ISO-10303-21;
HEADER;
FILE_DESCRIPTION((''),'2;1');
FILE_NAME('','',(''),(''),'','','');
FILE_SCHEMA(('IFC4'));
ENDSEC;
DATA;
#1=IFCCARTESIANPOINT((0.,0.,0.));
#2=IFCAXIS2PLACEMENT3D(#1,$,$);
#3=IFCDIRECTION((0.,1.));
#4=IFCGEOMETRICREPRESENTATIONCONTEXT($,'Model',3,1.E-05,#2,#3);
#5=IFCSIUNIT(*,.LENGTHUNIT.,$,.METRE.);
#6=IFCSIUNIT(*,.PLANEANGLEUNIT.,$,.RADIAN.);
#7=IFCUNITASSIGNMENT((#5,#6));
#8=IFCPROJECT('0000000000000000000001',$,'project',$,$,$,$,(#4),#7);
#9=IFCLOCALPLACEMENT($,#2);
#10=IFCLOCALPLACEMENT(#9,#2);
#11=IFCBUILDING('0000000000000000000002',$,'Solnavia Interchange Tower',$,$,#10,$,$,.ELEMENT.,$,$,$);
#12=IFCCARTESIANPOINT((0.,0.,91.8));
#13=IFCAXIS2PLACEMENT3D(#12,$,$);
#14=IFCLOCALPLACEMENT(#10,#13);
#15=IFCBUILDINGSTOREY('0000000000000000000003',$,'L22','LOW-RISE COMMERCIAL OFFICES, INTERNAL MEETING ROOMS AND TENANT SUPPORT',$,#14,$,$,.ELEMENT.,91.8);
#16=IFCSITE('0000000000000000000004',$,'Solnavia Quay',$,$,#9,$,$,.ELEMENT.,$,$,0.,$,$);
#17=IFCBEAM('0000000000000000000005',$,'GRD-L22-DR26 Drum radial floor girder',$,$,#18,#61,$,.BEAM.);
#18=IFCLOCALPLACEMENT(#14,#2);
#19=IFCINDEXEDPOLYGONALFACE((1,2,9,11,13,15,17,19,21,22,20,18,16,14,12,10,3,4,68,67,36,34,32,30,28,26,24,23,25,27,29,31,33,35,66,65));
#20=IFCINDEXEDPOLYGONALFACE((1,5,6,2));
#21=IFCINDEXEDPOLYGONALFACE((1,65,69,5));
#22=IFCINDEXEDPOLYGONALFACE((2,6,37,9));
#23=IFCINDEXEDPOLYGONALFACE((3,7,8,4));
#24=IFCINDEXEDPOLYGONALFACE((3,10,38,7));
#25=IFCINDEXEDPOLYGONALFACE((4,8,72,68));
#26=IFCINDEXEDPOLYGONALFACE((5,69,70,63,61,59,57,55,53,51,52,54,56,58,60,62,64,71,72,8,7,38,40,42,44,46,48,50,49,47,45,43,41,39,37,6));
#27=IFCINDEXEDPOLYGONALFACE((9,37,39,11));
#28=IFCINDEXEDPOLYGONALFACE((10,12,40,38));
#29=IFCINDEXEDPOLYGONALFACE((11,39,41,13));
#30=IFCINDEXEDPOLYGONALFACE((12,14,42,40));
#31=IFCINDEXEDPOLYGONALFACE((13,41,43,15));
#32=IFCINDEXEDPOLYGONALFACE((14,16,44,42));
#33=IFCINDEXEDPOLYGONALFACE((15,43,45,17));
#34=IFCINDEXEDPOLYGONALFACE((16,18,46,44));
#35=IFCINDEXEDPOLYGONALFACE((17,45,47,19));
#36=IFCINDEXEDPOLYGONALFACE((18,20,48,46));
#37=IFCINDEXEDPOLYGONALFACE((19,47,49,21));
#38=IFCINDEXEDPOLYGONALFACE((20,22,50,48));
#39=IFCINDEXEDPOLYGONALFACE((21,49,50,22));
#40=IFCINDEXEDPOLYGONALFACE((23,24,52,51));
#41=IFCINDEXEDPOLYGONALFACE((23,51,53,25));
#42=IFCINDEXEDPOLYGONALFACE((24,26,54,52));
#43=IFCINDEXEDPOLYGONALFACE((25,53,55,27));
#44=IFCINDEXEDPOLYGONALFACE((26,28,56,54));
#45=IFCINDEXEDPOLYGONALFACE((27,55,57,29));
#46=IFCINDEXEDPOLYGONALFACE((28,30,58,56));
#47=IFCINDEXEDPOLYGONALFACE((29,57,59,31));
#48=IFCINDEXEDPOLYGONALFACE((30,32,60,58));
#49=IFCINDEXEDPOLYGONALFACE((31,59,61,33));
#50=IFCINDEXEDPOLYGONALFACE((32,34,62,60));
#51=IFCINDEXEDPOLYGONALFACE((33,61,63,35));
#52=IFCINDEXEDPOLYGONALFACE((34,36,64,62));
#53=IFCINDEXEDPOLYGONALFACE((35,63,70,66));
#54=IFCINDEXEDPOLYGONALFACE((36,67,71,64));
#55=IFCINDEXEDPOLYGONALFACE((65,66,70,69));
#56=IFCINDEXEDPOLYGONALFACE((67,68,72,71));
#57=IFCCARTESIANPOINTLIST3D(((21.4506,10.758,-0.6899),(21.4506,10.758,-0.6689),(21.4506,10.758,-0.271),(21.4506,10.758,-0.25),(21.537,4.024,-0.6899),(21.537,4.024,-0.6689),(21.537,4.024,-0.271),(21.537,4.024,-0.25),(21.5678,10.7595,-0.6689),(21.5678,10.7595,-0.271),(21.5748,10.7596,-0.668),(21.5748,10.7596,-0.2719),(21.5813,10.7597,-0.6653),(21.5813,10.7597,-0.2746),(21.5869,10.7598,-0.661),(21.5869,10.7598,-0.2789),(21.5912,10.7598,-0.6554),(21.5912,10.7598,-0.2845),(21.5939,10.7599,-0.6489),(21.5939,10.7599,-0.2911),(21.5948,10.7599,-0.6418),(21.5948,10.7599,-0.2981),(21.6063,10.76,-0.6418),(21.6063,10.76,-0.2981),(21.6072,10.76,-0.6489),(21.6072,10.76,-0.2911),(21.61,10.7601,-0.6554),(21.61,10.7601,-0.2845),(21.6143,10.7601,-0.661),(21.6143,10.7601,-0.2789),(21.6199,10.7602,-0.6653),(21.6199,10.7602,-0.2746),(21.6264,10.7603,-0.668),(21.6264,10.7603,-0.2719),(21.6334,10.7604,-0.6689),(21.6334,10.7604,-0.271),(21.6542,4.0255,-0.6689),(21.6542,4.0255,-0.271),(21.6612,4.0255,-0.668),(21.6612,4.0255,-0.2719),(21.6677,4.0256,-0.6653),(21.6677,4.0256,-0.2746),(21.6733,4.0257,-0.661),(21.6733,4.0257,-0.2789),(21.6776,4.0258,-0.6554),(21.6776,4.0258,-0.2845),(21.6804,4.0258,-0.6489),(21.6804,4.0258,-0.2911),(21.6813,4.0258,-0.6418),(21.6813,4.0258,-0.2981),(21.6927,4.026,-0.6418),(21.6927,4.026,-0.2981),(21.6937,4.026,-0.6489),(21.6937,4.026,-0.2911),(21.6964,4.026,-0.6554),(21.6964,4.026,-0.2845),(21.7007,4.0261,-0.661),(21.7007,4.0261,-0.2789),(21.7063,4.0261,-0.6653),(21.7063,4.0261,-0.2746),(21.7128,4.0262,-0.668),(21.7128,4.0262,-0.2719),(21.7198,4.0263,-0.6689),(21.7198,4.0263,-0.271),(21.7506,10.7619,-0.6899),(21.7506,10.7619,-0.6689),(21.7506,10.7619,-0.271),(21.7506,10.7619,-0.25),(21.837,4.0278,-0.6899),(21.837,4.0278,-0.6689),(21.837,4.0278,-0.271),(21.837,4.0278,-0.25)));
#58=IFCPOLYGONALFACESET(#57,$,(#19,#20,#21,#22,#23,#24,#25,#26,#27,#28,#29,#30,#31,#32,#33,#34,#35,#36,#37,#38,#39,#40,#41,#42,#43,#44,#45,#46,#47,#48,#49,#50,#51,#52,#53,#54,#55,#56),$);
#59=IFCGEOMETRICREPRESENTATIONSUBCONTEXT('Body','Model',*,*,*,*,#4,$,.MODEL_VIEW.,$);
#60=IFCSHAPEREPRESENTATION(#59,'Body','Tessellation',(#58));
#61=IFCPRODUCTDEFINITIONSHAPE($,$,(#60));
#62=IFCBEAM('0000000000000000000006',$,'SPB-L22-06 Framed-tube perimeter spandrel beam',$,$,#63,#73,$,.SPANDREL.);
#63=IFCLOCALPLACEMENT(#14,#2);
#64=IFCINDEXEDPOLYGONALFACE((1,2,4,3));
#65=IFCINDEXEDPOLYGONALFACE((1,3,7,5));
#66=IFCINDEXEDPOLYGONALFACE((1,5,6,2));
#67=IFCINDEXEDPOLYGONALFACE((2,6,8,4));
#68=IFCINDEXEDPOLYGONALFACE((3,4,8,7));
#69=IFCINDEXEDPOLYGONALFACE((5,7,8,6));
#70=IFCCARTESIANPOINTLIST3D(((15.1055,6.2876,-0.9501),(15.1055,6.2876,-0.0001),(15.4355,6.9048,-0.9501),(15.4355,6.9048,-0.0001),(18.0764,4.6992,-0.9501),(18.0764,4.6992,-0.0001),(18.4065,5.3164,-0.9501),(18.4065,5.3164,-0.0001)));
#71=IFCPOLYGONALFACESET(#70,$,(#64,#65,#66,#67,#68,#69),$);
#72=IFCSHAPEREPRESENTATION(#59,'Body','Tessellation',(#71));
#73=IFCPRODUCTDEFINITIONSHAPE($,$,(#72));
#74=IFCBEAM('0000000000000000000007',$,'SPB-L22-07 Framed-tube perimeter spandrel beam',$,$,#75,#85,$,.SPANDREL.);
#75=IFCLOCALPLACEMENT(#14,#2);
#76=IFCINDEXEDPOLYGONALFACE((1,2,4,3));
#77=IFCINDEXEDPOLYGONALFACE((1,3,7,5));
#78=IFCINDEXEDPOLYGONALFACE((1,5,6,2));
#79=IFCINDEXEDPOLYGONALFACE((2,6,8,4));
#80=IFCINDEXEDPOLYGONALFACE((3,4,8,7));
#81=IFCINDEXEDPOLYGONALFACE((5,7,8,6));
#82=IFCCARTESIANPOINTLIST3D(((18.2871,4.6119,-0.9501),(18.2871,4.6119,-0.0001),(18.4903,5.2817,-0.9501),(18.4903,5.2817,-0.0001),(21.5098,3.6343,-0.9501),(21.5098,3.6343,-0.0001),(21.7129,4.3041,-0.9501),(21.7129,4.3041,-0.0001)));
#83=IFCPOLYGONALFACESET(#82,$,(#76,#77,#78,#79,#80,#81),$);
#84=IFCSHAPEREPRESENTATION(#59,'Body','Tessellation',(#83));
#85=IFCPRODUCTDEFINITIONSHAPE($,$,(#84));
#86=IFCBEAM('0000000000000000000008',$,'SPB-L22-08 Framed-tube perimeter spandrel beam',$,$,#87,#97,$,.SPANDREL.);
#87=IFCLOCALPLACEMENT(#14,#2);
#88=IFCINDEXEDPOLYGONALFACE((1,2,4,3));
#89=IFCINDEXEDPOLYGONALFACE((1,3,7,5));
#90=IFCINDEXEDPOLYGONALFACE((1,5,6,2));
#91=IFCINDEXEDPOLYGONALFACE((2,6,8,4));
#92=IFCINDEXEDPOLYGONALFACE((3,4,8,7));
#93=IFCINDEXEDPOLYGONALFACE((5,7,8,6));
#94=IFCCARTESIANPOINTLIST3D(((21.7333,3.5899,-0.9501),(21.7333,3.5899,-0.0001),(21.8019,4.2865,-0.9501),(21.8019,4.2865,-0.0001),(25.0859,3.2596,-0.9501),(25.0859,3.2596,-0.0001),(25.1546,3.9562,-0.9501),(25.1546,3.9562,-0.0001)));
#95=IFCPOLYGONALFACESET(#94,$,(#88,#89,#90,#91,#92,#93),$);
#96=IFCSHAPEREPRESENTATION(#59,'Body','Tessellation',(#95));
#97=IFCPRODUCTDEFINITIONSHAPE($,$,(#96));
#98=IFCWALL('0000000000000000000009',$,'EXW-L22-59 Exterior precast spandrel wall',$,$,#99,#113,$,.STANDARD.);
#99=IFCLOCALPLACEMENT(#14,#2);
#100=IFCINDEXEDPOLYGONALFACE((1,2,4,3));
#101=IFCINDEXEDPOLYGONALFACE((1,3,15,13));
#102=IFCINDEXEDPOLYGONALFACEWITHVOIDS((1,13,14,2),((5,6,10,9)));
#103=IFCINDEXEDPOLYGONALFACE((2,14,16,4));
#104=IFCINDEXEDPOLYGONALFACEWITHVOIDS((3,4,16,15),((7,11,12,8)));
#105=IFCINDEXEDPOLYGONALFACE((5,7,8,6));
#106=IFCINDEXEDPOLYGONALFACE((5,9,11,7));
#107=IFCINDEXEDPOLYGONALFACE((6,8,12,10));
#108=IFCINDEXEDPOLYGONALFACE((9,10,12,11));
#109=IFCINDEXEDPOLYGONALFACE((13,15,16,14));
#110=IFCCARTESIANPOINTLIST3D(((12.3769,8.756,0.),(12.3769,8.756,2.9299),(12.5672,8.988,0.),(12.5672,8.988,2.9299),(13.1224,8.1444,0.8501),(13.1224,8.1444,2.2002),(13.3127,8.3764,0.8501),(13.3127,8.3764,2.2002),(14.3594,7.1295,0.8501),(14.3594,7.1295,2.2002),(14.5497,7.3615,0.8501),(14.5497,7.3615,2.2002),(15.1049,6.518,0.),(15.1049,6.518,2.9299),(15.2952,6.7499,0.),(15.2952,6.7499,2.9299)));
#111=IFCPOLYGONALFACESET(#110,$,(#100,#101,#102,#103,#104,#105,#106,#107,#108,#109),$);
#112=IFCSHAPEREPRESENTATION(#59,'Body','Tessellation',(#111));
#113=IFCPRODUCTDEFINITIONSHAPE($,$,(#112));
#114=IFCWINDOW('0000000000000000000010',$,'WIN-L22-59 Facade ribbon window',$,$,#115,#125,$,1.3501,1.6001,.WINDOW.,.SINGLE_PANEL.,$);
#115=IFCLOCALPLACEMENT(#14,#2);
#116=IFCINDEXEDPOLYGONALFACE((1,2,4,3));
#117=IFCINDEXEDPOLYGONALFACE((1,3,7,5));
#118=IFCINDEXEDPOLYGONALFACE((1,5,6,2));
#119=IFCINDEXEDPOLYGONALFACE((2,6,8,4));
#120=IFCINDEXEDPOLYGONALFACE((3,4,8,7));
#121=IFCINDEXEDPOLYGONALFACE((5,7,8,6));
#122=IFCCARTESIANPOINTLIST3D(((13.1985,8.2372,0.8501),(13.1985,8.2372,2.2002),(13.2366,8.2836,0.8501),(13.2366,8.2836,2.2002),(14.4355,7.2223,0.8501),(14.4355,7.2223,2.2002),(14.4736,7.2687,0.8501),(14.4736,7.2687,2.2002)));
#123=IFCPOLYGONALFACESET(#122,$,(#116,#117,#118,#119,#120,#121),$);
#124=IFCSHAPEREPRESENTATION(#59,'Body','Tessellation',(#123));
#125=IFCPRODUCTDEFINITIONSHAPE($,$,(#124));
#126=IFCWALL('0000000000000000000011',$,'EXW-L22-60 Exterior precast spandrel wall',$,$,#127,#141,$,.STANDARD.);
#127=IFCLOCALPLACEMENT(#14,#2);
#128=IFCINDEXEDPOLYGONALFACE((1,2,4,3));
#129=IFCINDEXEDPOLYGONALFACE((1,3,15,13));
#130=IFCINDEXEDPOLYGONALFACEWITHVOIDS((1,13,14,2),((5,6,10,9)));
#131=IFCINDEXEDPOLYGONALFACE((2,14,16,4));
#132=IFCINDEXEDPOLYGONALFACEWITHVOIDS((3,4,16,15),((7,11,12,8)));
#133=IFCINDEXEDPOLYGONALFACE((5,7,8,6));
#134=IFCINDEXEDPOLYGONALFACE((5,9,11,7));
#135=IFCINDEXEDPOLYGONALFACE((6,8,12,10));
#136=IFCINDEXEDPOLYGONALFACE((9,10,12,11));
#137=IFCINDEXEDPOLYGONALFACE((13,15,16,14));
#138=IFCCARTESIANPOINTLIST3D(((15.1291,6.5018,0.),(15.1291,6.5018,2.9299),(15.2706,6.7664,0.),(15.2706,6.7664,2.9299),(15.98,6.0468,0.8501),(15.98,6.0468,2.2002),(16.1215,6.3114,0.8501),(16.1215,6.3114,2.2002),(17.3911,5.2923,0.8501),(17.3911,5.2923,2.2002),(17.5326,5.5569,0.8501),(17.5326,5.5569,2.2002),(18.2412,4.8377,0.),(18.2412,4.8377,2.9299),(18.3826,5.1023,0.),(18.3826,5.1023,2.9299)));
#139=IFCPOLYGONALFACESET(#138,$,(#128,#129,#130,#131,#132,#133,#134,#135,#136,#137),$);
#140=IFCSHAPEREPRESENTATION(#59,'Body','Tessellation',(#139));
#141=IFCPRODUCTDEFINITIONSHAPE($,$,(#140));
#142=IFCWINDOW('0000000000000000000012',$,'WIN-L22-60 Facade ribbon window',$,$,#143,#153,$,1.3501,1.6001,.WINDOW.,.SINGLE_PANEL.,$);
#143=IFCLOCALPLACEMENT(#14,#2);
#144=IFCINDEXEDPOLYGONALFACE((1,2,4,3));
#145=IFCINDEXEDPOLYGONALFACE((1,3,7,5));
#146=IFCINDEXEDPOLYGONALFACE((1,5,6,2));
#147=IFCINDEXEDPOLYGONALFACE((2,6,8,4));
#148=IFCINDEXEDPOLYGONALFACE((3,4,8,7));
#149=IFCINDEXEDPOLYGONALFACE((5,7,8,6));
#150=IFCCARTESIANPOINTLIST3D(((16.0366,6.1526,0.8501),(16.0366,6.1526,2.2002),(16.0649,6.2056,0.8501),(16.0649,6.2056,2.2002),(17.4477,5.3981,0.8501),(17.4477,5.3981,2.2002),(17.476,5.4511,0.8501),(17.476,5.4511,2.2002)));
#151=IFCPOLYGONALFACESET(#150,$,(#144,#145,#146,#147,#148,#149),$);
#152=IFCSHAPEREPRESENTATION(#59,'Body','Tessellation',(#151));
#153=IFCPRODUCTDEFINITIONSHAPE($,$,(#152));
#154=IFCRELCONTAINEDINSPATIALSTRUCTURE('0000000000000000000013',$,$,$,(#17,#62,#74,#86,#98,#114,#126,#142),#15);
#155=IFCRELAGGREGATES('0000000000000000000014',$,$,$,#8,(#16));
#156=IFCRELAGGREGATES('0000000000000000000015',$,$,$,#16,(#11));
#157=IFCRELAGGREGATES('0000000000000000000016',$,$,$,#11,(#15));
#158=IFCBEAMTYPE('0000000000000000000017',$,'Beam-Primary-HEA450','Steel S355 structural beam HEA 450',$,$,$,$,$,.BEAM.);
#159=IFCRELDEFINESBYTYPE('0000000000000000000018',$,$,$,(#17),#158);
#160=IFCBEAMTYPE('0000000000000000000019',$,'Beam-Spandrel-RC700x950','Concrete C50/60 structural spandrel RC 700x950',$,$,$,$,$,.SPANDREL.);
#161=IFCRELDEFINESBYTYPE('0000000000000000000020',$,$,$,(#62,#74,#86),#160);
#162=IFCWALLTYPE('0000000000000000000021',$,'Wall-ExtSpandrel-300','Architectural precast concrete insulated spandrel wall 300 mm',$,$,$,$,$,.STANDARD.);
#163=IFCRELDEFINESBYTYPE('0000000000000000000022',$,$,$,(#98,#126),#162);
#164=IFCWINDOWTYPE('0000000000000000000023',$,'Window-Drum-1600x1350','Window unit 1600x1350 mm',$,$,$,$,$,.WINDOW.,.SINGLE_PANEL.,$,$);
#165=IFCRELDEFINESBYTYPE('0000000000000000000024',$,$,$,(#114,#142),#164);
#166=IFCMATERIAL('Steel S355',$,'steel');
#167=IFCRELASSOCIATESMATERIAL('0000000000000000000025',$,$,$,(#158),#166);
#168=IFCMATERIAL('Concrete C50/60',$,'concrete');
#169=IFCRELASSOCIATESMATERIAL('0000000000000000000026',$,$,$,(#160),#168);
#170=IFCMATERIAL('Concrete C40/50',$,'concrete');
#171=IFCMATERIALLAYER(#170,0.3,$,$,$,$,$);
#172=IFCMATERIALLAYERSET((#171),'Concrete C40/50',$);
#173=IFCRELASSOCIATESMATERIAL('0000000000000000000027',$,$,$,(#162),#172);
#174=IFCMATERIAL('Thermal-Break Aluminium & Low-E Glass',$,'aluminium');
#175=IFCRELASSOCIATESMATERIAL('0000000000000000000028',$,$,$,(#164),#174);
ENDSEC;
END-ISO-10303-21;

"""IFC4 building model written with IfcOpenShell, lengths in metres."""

from ifc_helpers import new_model, si_unit, direction, frame, frame_2d, origin, origin_2d, place, context, subcontext, project, spatial, rectangle, i_section, extrude, material, layer, layer_set, material_profile, profile_set, type_object, element, fill, save


model = new_model("IFC4")

# Units and contexts
model_context = context("Model", 3, precision=1e-05, world=origin(), true_north=direction((0.0, 1.0)))
body_context = subcontext(model_context, "Body", "Model", "MODEL_VIEW")
ifc_project = project(units=[si_unit("LENGTHUNIT", "METRE"), si_unit("PLANEANGLEUNIT", "RADIAN")], contexts=[model_context])

# Site, building, storey
site_placement = place(None, origin())
site = spatial("IfcSite", under=ifc_project, at=site_placement, Name="Solnavia Quay", CompositionType="ELEMENT", RefElevation=0.0)
building_placement = place(site_placement, origin())
building = spatial("IfcBuilding", under=site, at=building_placement, Name="Solnavia Interchange Tower", CompositionType="ELEMENT")
storey_placement = place(building_placement, frame((0.0, 0.0, 91.8)))
storey = spatial("IfcBuildingStorey", under=building, at=storey_placement, Name="L22", Description="LOW-RISE COMMERCIAL OFFICES, INTERNAL MEETING ROOMS AND TENANT SUPPORT", CompositionType="ELEMENT", Elevation=91.8)

# Shared definitions
ifc_material_1 = material(Name="Steel S355", Category="steel")

# Beams
ifc_material_profile_1 = material_profile(ifc_material_1, i_section(OverallWidth=0.3, OverallDepth=0.4399, WebThickness=0.0115, FlangeThickness=0.021, FilletRadius=0.0271, at=origin_2d()), Name="HEA 450")
ifc_profile_set_1 = profile_set([ifc_material_profile_1], Name="Steel S355")
beam_type_1 = type_object("IfcBeamType", Name="Beam-Primary-HEA450", Description="Steel S355 structural beam HEA 450", PredefinedType="BEAM", material=ifc_profile_set_1)
beam_1_placement = place(storey_placement, frame((21.687, 4.0259, -0.47), z_axis=(-0.012833, 0.999918, 0.0), x_axis=(-0.999918, -0.012833, 0.0)))
element("IfcBeam", 1, at=beam_1_placement, inside=storey, type_object=beam_type_1, Name="GRD-L22-DR26 Drum radial floor girder", PredefinedType="BEAM", context=body_context, shape_type="SweptSolid", body=[
    extrude(i_section(OverallWidth=0.3, OverallDepth=0.4399, WebThickness=0.0115, FlangeThickness=0.021, FilletRadius=0.0271, at=origin_2d()), origin(), (0.0, 0.0, 1.0), 6.7346),
])
ifc_material_2 = material(Name="Concrete C50/60", Category="concrete")
ifc_material_profile_2 = material_profile(ifc_material_2, rectangle(XDim=0.7, YDim=0.95, at=origin_2d()), Name="RC 700x950")
ifc_profile_set_2 = profile_set([ifc_material_profile_2], Name="Concrete C50/60")
beam_type_2 = type_object("IfcBeamType", Name="Beam-Spandrel-RC700x950", Description="Concrete C50/60 structural spandrel RC 700x950", PredefinedType="SPANDREL", material=ifc_profile_set_2)
beam_2_placement = place(storey_placement, frame((15.2705, 6.5962, -0.4751), z_axis=(0.881875, -0.471483, 0.0), x_axis=(0.471483, 0.881875, 0.0)))
element("IfcBeam", 2, at=beam_2_placement, inside=storey, type_object=beam_type_2, Name="SPB-L22-06 Framed-tube perimeter spandrel beam", PredefinedType="SPANDREL", context=body_context, shape_type="SweptSolid", body=[
    extrude(rectangle(XDim=0.7, YDim=0.95, at=origin_2d()), origin(), (0.0, 0.0, 1.0), 3.3689),
])
beam_3_placement = place(storey_placement, frame((18.3887, 4.9468, -0.4751), z_axis=(0.956944, -0.290273, 0.0), x_axis=(0.290273, 0.956944, 0.0)))
element("IfcBeam", 3, at=beam_3_placement, inside=storey, type_object=beam_type_2, Name="SPB-L22-07 Framed-tube perimeter spandrel beam", PredefinedType="SPANDREL", context=body_context, shape_type="SweptSolid", body=[
    extrude(rectangle(XDim=0.7, YDim=0.95, at=origin_2d()), origin(), (0.0, 0.0, 1.0), 3.3677),
])
beam_4_placement = place(storey_placement, frame((21.7676, 3.9382, -0.4751), z_axis=(0.995182, -0.098047, 0.0), x_axis=(0.098047, 0.995182, 0.0)))
element("IfcBeam", 4, at=beam_4_placement, inside=storey, type_object=beam_type_2, Name="SPB-L22-08 Framed-tube perimeter spandrel beam", PredefinedType="SPANDREL", context=body_context, shape_type="SweptSolid", body=[
    extrude(rectangle(XDim=0.7, YDim=0.95, at=origin_2d()), origin(), (0.0, 0.0, 1.0), 3.3689),
])

# Walls, openings, windows
ifc_material_3 = material(Name="Concrete C40/50", Category="concrete")
ifc_layer_1 = layer(ifc_material_3, 0.3)
ifc_layer_set_1 = layer_set([ifc_layer_1], Name="Concrete C40/50")
wall_type_1 = type_object("IfcWallType", Name="Wall-ExtSpandrel-300", Description="Architectural precast concrete insulated spandrel wall 300 mm", PredefinedType="STANDARD", material=ifc_layer_set_1)
wall_1_placement = place(storey_placement, frame((15.2, 6.634, 0.0), z_axis=(0.0, 0.0, 1.0), x_axis=(-0.773121, 0.634258, 0.0)))
wall_1 = element("IfcWall", 5, at=wall_1_placement, inside=storey, type_object=wall_type_1, Name="EXW-L22-59 Exterior precast spandrel wall", PredefinedType="STANDARD", context=body_context, shape_type="SweptSolid", body=[
    extrude(rectangle(XDim=3.5286, YDim=0.3, at=frame_2d((1.7642, 0.0))), origin(), (0.0, 0.0, 1.0), 2.9299),
])
opening_1_placement = place(wall_1_placement, frame((0.9641, 0.0, 0.8501)))
opening_1 = element("IfcOpeningElement", 6, at=opening_1_placement, cuts=wall_1, PredefinedType="OPENING", context=body_context, shape_type="SweptSolid", body=[
    extrude(rectangle(XDim=1.6001, YDim=1.3501, at=frame_2d((0.8, 0.675))), frame((0.0, 0.1602, 0.0), z_axis=(0.0, -1.0, 0.0), x_axis=(1.0, 0.0, 0.0)), (0.0, 0.0, 1.0), 0.3201),
])
ifc_material_4 = material(Name="Thermal-Break Aluminium & Low-E Glass", Category="aluminium")
window_type = type_object("IfcWindowType", Name="Window-Drum-1600x1350", Description="Window unit 1600x1350 mm", PartitioningType="SINGLE_PANEL", PredefinedType="WINDOW", material=ifc_material_4)
window_1_placement = place(opening_1_placement, origin())
window_1 = element("IfcWindow", 7, at=window_1_placement, inside=storey, type_object=window_type, Name="WIN-L22-59 Facade ribbon window", OverallHeight=1.3501, OverallWidth=1.6001, PartitioningType="SINGLE_PANEL", PredefinedType="WINDOW", context=body_context, shape_type="SweptSolid", body=[
    extrude(rectangle(XDim=1.6001, YDim=1.3501, at=frame_2d((0.8, 0.675))), frame((0.0, 0.03, 0.0), z_axis=(0.0, -1.0, 0.0), x_axis=(1.0, 0.0, 0.0)), (0.0, 0.0, 1.0), 0.0601),
])
fill(opening_1, window_1)
wall_2_placement = place(storey_placement, frame((18.312, 4.97, 0.0), z_axis=(0.0, 0.0, 1.0), x_axis=(-0.881847, 0.471536, 0.0)))
wall_2 = element("IfcWall", 8, at=wall_2_placement, inside=storey, type_object=wall_type_1, Name="EXW-L22-60 Exterior precast spandrel wall", PredefinedType="STANDARD", context=body_context, shape_type="SweptSolid", body=[
    extrude(rectangle(XDim=3.5291, YDim=0.3, at=frame_2d((1.7646, 0.0))), origin(), (0.0, 0.0, 1.0), 2.9299),
])
opening_2_placement = place(wall_2_placement, frame((0.9641, 0.0, 0.8501)))
opening_2 = element("IfcOpeningElement", 9, at=opening_2_placement, cuts=wall_2, PredefinedType="OPENING", context=body_context, shape_type="SweptSolid", body=[
    extrude(rectangle(XDim=1.6001, YDim=1.3501, at=frame_2d((0.8, 0.675))), frame((0.0, 0.1602, 0.0), z_axis=(0.0, -1.0, 0.0), x_axis=(1.0, 0.0, 0.0)), (0.0, 0.0, 1.0), 0.3201),
])
window_2_placement = place(opening_2_placement, origin())
window_2 = element("IfcWindow", 10, at=window_2_placement, inside=storey, type_object=window_type, Name="WIN-L22-60 Facade ribbon window", OverallHeight=1.3501, OverallWidth=1.6001, PartitioningType="SINGLE_PANEL", PredefinedType="WINDOW", context=body_context, shape_type="SweptSolid", body=[
    extrude(rectangle(XDim=1.6001, YDim=1.3501, at=frame_2d((0.8, 0.675))), frame((0.0, 0.03, 0.0), z_axis=(0.0, -1.0, 0.0), x_axis=(1.0, 0.0, 0.0)), (0.0, 0.0, 1.0), 0.0601),
])
fill(opening_2, window_2)

save(model, "model.ifc")
